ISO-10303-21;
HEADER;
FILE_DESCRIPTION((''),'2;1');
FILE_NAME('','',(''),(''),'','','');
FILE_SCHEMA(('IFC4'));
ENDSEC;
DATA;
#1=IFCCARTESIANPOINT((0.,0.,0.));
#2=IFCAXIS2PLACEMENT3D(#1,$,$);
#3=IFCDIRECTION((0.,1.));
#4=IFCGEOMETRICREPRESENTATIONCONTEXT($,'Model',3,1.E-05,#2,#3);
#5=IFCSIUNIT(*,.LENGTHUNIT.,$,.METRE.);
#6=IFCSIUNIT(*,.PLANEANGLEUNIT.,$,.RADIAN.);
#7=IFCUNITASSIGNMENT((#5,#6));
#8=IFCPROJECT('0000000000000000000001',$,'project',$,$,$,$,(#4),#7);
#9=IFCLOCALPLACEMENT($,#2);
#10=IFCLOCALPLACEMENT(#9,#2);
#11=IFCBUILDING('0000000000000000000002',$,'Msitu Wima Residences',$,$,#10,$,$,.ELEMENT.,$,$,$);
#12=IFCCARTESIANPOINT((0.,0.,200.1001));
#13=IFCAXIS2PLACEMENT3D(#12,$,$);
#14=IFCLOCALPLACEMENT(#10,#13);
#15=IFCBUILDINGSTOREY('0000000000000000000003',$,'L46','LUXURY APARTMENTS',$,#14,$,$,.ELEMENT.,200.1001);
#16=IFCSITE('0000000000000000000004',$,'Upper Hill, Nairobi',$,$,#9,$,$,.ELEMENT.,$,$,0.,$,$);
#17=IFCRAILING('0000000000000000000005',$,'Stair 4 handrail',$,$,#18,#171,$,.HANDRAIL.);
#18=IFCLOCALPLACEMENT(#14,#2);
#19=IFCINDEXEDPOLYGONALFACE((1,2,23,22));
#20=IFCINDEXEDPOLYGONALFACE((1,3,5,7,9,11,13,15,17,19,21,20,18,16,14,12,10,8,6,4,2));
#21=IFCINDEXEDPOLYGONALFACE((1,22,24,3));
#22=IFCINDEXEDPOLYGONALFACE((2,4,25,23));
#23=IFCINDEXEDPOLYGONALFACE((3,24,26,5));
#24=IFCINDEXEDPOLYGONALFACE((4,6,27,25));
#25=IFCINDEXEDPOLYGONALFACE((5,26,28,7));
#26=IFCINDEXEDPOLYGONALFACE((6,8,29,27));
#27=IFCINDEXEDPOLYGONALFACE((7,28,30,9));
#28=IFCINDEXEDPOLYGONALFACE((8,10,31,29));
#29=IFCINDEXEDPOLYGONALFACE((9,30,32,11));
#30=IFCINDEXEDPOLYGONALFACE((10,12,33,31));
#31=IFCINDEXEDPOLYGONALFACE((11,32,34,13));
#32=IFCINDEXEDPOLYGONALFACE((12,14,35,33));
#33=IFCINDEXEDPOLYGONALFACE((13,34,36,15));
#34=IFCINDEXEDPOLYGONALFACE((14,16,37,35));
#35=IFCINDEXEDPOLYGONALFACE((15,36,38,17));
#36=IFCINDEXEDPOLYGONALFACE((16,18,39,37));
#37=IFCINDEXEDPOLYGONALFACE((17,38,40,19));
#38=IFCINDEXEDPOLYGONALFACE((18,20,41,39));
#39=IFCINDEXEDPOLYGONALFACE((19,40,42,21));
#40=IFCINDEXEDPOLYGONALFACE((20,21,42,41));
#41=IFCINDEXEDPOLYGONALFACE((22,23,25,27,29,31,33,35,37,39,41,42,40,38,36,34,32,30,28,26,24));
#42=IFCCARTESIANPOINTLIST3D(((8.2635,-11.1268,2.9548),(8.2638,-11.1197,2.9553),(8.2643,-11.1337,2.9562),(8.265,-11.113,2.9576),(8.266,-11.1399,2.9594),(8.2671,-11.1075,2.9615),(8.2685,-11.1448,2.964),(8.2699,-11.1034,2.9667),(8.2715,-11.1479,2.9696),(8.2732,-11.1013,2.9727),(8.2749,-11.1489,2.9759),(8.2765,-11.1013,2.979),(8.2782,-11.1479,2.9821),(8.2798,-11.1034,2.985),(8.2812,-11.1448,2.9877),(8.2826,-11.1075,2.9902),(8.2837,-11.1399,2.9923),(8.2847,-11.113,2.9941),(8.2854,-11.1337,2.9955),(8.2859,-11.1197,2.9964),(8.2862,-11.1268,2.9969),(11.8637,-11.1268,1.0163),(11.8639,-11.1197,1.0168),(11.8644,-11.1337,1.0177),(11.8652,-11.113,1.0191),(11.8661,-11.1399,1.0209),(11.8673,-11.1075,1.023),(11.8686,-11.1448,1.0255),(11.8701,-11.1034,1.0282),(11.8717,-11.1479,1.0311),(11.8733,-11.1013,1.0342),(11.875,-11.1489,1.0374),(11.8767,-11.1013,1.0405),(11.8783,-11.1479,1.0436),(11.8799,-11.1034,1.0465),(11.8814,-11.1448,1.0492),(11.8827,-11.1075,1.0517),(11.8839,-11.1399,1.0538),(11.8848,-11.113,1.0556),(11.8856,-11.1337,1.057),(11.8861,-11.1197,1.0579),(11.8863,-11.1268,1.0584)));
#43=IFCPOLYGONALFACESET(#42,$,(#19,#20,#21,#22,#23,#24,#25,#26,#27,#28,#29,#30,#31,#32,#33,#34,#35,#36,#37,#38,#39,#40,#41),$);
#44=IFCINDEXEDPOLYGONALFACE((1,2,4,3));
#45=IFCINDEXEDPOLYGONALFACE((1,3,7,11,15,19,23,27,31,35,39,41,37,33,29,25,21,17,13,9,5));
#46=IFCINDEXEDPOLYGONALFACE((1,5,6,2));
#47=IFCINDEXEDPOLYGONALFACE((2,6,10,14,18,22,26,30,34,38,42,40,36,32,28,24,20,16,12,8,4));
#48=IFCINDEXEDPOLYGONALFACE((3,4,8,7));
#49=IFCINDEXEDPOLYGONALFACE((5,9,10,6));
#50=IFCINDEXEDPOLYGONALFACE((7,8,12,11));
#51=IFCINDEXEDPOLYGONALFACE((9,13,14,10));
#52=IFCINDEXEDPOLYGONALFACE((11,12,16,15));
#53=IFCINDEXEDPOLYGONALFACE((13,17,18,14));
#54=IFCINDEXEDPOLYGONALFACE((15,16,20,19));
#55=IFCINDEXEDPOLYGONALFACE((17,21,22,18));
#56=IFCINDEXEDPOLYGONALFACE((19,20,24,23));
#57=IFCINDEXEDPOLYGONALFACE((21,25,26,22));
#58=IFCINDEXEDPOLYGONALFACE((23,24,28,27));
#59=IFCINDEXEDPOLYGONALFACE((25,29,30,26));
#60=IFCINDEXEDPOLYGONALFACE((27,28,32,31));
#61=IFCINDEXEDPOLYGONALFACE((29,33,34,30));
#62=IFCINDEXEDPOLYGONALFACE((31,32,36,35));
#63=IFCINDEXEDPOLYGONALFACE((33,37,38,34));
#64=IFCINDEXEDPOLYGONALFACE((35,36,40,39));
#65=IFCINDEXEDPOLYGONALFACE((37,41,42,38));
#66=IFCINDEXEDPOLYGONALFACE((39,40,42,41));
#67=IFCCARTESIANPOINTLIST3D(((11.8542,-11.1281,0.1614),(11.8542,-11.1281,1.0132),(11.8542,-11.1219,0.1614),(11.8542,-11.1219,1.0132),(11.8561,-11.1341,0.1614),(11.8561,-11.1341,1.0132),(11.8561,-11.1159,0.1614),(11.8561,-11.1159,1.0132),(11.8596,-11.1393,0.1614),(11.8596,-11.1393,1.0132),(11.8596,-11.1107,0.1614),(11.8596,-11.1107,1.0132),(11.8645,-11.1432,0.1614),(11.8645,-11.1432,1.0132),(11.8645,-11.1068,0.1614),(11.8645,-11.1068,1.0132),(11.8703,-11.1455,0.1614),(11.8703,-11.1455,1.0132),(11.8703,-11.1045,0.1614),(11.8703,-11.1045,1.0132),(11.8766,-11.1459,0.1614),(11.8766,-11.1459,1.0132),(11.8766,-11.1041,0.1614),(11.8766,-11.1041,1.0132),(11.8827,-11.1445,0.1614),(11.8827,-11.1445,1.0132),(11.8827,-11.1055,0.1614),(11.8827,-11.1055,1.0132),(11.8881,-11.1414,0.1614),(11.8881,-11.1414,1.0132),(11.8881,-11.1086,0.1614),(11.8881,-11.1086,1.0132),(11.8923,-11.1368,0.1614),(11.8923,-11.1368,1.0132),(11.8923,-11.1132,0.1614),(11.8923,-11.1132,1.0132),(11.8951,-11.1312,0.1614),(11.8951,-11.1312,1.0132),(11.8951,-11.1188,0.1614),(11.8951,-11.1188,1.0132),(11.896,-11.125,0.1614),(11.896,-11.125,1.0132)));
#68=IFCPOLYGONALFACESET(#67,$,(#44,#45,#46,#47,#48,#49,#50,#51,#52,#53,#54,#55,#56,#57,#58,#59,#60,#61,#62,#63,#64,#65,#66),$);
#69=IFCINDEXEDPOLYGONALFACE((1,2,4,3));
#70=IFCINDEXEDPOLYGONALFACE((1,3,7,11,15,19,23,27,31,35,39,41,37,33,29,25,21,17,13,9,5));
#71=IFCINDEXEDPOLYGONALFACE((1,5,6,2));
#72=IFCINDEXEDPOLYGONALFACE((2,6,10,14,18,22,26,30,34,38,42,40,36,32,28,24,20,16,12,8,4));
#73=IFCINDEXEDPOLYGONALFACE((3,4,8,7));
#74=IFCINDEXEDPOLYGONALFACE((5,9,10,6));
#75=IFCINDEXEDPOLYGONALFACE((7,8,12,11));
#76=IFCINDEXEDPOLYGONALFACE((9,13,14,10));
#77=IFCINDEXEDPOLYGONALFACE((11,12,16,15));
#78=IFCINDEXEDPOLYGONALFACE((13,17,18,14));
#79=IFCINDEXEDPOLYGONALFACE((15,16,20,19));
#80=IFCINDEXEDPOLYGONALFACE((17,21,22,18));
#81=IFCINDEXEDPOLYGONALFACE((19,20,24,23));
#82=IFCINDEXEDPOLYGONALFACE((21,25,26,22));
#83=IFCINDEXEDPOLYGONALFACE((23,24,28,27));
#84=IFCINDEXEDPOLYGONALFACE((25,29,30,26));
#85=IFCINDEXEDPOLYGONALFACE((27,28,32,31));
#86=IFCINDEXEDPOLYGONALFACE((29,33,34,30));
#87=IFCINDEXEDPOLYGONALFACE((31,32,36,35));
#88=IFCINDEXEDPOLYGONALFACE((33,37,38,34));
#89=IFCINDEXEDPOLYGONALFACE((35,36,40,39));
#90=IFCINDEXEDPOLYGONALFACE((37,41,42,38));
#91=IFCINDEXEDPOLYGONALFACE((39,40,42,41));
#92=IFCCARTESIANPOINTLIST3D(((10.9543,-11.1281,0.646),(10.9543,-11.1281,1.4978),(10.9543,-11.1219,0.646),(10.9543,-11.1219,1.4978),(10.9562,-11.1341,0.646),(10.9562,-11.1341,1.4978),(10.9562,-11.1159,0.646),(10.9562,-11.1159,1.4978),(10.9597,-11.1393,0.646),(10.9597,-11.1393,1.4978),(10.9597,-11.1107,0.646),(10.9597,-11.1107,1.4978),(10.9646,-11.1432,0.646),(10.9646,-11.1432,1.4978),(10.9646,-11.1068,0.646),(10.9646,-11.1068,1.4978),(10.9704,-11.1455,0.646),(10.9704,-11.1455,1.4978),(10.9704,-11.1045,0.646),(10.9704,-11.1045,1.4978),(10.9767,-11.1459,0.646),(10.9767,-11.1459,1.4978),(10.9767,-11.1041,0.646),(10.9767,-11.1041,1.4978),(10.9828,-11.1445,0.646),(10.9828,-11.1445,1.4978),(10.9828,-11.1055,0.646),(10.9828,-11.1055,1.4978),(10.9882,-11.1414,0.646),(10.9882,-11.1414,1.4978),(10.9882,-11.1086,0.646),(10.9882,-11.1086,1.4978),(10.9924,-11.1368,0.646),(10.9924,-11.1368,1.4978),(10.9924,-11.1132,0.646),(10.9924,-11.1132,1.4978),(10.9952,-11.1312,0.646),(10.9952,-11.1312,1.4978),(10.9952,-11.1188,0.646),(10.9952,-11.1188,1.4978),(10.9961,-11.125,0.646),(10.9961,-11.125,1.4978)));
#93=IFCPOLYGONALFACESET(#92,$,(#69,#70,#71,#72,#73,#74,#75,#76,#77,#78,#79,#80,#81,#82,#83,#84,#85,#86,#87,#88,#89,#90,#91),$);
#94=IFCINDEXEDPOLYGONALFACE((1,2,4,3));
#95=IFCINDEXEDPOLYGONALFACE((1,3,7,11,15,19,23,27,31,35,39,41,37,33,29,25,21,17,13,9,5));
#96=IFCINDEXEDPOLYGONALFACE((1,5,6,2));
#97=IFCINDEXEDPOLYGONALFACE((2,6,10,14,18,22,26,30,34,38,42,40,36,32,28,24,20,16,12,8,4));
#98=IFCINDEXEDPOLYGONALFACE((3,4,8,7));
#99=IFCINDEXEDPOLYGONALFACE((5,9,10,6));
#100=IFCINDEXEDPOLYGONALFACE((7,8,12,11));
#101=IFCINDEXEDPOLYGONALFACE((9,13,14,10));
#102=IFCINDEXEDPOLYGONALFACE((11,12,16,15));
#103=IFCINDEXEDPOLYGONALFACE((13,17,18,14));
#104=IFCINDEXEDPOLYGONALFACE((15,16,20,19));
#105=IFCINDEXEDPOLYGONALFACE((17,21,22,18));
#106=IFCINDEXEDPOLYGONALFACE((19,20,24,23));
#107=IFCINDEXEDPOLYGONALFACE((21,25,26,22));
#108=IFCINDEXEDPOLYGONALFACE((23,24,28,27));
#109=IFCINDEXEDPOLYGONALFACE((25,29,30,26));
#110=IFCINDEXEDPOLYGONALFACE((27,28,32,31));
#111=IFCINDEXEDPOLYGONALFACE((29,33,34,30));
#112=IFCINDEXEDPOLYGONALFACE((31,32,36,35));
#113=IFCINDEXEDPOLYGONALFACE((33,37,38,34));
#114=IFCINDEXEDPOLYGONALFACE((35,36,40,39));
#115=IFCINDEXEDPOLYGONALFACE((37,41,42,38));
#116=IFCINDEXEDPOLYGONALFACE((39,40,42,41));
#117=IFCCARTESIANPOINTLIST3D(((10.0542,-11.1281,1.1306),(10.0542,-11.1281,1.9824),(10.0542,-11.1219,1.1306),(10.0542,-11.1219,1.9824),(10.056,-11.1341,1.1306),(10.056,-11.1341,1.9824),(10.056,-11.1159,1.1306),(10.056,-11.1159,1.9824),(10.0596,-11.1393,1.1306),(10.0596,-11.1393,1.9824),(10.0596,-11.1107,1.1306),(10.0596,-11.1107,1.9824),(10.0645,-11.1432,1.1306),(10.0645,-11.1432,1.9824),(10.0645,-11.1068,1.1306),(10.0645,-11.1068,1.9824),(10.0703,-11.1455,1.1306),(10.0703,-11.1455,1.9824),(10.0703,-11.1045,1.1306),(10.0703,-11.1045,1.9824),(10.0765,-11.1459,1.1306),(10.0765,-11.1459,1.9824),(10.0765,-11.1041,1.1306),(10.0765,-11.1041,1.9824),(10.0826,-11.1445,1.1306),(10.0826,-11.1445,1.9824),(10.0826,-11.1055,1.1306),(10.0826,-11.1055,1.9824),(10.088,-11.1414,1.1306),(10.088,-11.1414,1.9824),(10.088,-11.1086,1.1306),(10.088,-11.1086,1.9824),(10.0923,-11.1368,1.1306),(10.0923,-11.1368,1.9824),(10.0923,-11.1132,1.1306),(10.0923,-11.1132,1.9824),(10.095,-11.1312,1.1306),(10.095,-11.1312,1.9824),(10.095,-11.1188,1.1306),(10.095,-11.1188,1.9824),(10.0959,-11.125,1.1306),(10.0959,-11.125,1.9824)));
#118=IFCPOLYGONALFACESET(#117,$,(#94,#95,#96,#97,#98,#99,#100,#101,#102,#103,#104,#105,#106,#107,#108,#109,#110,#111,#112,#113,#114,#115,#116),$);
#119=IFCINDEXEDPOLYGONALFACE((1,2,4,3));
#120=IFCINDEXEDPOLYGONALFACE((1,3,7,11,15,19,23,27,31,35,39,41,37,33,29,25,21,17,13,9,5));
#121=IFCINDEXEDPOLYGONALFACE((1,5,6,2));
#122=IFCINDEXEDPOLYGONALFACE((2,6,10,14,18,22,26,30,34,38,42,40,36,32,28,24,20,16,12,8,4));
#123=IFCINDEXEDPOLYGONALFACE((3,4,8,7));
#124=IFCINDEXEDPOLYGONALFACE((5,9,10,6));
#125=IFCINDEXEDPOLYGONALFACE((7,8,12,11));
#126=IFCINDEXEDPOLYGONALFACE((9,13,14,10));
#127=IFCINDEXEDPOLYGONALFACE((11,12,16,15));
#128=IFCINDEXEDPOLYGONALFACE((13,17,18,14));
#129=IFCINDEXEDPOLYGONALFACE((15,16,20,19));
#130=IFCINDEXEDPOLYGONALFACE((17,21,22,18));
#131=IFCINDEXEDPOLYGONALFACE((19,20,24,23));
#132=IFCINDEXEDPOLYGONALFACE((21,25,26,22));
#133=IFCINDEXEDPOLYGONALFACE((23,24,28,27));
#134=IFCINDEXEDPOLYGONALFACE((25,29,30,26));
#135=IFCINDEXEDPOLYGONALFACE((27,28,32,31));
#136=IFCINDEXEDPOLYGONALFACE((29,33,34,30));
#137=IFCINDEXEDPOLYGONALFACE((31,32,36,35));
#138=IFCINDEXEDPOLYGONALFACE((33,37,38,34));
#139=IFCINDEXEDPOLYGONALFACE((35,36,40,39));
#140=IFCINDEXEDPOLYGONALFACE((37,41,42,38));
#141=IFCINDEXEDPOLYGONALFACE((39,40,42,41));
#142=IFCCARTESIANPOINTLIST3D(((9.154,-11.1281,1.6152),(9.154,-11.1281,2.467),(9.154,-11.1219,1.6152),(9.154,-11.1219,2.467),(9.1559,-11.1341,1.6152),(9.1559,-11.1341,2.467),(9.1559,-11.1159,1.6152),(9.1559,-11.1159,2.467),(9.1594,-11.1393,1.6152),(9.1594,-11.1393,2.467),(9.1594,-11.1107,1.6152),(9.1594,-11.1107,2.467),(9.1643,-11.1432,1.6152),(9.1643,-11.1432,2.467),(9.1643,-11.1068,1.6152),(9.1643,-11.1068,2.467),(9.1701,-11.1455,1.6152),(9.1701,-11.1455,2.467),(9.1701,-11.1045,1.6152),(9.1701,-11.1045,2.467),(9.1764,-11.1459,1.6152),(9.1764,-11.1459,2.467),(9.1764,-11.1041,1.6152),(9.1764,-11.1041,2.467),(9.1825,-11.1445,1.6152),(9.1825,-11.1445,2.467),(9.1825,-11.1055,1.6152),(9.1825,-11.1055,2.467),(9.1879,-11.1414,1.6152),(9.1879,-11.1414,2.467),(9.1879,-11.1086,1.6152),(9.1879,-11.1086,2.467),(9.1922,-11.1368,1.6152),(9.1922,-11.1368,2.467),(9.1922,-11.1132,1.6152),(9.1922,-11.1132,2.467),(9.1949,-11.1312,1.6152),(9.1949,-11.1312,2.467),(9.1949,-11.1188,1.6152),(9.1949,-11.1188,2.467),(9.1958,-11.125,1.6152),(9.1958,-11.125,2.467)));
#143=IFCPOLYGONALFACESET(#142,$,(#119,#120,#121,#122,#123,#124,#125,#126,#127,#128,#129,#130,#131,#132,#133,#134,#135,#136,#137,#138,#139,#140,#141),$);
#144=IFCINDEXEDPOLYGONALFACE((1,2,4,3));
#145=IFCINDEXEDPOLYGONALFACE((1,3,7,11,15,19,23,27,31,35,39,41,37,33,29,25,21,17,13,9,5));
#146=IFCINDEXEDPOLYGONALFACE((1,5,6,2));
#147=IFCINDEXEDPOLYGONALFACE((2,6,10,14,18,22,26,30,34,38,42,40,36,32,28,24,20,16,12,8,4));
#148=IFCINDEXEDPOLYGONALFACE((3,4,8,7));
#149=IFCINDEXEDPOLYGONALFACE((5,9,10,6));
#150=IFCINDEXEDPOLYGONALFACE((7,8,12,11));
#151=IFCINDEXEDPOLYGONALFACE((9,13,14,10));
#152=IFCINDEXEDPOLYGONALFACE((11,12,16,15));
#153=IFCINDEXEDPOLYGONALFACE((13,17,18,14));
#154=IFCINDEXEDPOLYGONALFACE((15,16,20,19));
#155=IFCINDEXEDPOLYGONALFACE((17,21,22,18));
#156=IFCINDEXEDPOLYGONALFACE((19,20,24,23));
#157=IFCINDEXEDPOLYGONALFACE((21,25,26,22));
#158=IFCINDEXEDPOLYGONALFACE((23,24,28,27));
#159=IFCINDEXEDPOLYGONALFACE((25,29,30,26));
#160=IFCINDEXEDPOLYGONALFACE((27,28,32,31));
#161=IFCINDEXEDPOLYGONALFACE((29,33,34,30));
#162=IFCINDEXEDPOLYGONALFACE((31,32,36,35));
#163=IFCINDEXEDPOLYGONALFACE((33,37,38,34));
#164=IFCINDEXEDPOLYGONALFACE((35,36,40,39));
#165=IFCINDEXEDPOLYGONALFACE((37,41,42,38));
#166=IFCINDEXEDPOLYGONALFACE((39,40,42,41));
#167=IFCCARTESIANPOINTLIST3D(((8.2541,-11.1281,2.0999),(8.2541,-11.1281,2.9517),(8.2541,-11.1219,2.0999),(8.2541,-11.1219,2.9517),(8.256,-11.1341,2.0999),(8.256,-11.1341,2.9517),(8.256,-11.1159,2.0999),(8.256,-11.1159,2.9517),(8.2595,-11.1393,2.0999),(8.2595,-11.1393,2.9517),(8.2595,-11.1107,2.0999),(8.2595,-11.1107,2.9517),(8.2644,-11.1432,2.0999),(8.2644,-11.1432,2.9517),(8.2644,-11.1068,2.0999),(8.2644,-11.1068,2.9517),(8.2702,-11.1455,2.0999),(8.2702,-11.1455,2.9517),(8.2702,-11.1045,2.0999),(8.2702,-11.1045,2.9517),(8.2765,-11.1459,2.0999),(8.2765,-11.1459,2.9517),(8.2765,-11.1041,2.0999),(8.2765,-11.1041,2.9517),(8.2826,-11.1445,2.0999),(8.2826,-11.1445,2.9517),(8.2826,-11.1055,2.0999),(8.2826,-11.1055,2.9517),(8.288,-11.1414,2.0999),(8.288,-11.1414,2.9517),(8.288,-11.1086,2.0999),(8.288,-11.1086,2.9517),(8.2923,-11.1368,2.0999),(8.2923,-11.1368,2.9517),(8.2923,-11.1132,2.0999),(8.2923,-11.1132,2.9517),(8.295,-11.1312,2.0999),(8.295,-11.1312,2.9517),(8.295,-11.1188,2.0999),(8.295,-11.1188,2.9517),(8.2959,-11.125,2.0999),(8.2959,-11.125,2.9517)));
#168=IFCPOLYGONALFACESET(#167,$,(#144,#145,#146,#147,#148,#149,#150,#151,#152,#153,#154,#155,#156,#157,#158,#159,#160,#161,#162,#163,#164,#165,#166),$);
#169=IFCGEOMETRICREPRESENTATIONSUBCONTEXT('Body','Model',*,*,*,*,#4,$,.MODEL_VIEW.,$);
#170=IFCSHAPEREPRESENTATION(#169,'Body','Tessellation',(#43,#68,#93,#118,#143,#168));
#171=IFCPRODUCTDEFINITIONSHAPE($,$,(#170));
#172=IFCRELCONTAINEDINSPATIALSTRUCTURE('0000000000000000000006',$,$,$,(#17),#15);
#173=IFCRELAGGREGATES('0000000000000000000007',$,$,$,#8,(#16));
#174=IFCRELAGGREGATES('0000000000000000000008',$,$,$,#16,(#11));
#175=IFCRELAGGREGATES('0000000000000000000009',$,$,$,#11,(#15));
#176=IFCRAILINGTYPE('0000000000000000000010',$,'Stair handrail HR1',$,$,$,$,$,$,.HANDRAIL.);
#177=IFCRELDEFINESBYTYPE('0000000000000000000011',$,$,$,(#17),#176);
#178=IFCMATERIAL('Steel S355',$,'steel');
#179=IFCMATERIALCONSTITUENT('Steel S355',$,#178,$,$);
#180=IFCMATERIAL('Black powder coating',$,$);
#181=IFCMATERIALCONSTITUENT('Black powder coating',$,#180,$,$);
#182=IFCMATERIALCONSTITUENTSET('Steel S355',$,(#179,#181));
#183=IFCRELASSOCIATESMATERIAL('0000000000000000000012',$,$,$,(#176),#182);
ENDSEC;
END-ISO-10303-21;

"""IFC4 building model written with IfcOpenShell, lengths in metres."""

from ifc_helpers import new_model, si_unit, direction, frame, origin, origin_2d, place, context, subcontext, project, spatial, circle, extrude, material, constituent, constituent_set, type_object, element, save


model = new_model("IFC4")

# Units and contexts
model_context = context("Model", 3, precision=1e-05, world=origin(), true_north=direction((0.0, 1.0)))
body_context = subcontext(model_context, "Body", "Model", "MODEL_VIEW")
ifc_project = project(units=[si_unit("LENGTHUNIT", "METRE"), si_unit("PLANEANGLEUNIT", "RADIAN")], contexts=[model_context])

# Site, building, storey
site_placement = place(None, origin())
site = spatial("IfcSite", under=ifc_project, at=site_placement, Name="Upper Hill, Nairobi", CompositionType="ELEMENT", RefElevation=0.0)
building_placement = place(site_placement, origin())
building = spatial("IfcBuilding", under=site, at=building_placement, Name="Msitu Wima Residences", CompositionType="ELEMENT")
storey_placement = place(building_placement, frame((0.0, 0.0, 200.1001)))
storey = spatial("IfcBuildingStorey", under=building, at=storey_placement, Name="L46", Description="LUXURY APARTMENTS", CompositionType="ELEMENT", Elevation=200.1001)

# Railing
ifc_material_1 = material(Name="Steel S355", Category="steel")
ifc_constituent_1 = constituent(ifc_material_1, Name="Steel S355")
ifc_material_2 = material(Name="Black powder coating")
ifc_constituent_2 = constituent(ifc_material_2, Name="Black powder coating")
ifc_constituent_set = constituent_set(constituents=[ifc_constituent_1, ifc_constituent_2], Name="Steel S355")
railing_type = type_object("IfcRailingType", Name="Stair handrail HR1", PredefinedType="HANDRAIL", material=ifc_constituent_set)
for number, where, name in (
    (1, (11.875, -11.125, 0.1614), "Stair 4 handrail"),
):
    element("IfcRailing", number, at=place(storey_placement, frame(where)), inside=storey, type_object=railing_type, Name=name, PredefinedType="HANDRAIL", context=body_context, shape_type="SweptSolid", body=[
        extrude(circle(Radius=0.0239, at=origin_2d()), frame((0.0, 0.0, 0.876), z_axis=(-0.880475, 0.0, 0.474093), x_axis=(0.0, -1.0, 0.0)), (0.0, 0.0, 1.0), 4.0889),
        extrude(circle(Radius=0.021, at=origin_2d()), origin(), (0.0, 0.0, 1.0), 0.8518),
        extrude(circle(Radius=0.021, at=origin_2d()), frame((-0.8999, 0.0, 0.4846)), (0.0, 0.0, 1.0), 0.8518),
        extrude(circle(Radius=0.021, at=origin_2d()), frame((-1.8, 0.0, 0.9692)), (0.0, 0.0, 1.0), 0.8518),
        extrude(circle(Radius=0.021, at=origin_2d()), frame((-2.7002, 0.0, 1.4539)), (0.0, 0.0, 1.0), 0.8518),
        extrude(circle(Radius=0.021, at=origin_2d()), frame((-3.6001, 0.0, 1.9385)), (0.0, 0.0, 1.0), 0.8518),
    ])

save(model, "model.ifc")
